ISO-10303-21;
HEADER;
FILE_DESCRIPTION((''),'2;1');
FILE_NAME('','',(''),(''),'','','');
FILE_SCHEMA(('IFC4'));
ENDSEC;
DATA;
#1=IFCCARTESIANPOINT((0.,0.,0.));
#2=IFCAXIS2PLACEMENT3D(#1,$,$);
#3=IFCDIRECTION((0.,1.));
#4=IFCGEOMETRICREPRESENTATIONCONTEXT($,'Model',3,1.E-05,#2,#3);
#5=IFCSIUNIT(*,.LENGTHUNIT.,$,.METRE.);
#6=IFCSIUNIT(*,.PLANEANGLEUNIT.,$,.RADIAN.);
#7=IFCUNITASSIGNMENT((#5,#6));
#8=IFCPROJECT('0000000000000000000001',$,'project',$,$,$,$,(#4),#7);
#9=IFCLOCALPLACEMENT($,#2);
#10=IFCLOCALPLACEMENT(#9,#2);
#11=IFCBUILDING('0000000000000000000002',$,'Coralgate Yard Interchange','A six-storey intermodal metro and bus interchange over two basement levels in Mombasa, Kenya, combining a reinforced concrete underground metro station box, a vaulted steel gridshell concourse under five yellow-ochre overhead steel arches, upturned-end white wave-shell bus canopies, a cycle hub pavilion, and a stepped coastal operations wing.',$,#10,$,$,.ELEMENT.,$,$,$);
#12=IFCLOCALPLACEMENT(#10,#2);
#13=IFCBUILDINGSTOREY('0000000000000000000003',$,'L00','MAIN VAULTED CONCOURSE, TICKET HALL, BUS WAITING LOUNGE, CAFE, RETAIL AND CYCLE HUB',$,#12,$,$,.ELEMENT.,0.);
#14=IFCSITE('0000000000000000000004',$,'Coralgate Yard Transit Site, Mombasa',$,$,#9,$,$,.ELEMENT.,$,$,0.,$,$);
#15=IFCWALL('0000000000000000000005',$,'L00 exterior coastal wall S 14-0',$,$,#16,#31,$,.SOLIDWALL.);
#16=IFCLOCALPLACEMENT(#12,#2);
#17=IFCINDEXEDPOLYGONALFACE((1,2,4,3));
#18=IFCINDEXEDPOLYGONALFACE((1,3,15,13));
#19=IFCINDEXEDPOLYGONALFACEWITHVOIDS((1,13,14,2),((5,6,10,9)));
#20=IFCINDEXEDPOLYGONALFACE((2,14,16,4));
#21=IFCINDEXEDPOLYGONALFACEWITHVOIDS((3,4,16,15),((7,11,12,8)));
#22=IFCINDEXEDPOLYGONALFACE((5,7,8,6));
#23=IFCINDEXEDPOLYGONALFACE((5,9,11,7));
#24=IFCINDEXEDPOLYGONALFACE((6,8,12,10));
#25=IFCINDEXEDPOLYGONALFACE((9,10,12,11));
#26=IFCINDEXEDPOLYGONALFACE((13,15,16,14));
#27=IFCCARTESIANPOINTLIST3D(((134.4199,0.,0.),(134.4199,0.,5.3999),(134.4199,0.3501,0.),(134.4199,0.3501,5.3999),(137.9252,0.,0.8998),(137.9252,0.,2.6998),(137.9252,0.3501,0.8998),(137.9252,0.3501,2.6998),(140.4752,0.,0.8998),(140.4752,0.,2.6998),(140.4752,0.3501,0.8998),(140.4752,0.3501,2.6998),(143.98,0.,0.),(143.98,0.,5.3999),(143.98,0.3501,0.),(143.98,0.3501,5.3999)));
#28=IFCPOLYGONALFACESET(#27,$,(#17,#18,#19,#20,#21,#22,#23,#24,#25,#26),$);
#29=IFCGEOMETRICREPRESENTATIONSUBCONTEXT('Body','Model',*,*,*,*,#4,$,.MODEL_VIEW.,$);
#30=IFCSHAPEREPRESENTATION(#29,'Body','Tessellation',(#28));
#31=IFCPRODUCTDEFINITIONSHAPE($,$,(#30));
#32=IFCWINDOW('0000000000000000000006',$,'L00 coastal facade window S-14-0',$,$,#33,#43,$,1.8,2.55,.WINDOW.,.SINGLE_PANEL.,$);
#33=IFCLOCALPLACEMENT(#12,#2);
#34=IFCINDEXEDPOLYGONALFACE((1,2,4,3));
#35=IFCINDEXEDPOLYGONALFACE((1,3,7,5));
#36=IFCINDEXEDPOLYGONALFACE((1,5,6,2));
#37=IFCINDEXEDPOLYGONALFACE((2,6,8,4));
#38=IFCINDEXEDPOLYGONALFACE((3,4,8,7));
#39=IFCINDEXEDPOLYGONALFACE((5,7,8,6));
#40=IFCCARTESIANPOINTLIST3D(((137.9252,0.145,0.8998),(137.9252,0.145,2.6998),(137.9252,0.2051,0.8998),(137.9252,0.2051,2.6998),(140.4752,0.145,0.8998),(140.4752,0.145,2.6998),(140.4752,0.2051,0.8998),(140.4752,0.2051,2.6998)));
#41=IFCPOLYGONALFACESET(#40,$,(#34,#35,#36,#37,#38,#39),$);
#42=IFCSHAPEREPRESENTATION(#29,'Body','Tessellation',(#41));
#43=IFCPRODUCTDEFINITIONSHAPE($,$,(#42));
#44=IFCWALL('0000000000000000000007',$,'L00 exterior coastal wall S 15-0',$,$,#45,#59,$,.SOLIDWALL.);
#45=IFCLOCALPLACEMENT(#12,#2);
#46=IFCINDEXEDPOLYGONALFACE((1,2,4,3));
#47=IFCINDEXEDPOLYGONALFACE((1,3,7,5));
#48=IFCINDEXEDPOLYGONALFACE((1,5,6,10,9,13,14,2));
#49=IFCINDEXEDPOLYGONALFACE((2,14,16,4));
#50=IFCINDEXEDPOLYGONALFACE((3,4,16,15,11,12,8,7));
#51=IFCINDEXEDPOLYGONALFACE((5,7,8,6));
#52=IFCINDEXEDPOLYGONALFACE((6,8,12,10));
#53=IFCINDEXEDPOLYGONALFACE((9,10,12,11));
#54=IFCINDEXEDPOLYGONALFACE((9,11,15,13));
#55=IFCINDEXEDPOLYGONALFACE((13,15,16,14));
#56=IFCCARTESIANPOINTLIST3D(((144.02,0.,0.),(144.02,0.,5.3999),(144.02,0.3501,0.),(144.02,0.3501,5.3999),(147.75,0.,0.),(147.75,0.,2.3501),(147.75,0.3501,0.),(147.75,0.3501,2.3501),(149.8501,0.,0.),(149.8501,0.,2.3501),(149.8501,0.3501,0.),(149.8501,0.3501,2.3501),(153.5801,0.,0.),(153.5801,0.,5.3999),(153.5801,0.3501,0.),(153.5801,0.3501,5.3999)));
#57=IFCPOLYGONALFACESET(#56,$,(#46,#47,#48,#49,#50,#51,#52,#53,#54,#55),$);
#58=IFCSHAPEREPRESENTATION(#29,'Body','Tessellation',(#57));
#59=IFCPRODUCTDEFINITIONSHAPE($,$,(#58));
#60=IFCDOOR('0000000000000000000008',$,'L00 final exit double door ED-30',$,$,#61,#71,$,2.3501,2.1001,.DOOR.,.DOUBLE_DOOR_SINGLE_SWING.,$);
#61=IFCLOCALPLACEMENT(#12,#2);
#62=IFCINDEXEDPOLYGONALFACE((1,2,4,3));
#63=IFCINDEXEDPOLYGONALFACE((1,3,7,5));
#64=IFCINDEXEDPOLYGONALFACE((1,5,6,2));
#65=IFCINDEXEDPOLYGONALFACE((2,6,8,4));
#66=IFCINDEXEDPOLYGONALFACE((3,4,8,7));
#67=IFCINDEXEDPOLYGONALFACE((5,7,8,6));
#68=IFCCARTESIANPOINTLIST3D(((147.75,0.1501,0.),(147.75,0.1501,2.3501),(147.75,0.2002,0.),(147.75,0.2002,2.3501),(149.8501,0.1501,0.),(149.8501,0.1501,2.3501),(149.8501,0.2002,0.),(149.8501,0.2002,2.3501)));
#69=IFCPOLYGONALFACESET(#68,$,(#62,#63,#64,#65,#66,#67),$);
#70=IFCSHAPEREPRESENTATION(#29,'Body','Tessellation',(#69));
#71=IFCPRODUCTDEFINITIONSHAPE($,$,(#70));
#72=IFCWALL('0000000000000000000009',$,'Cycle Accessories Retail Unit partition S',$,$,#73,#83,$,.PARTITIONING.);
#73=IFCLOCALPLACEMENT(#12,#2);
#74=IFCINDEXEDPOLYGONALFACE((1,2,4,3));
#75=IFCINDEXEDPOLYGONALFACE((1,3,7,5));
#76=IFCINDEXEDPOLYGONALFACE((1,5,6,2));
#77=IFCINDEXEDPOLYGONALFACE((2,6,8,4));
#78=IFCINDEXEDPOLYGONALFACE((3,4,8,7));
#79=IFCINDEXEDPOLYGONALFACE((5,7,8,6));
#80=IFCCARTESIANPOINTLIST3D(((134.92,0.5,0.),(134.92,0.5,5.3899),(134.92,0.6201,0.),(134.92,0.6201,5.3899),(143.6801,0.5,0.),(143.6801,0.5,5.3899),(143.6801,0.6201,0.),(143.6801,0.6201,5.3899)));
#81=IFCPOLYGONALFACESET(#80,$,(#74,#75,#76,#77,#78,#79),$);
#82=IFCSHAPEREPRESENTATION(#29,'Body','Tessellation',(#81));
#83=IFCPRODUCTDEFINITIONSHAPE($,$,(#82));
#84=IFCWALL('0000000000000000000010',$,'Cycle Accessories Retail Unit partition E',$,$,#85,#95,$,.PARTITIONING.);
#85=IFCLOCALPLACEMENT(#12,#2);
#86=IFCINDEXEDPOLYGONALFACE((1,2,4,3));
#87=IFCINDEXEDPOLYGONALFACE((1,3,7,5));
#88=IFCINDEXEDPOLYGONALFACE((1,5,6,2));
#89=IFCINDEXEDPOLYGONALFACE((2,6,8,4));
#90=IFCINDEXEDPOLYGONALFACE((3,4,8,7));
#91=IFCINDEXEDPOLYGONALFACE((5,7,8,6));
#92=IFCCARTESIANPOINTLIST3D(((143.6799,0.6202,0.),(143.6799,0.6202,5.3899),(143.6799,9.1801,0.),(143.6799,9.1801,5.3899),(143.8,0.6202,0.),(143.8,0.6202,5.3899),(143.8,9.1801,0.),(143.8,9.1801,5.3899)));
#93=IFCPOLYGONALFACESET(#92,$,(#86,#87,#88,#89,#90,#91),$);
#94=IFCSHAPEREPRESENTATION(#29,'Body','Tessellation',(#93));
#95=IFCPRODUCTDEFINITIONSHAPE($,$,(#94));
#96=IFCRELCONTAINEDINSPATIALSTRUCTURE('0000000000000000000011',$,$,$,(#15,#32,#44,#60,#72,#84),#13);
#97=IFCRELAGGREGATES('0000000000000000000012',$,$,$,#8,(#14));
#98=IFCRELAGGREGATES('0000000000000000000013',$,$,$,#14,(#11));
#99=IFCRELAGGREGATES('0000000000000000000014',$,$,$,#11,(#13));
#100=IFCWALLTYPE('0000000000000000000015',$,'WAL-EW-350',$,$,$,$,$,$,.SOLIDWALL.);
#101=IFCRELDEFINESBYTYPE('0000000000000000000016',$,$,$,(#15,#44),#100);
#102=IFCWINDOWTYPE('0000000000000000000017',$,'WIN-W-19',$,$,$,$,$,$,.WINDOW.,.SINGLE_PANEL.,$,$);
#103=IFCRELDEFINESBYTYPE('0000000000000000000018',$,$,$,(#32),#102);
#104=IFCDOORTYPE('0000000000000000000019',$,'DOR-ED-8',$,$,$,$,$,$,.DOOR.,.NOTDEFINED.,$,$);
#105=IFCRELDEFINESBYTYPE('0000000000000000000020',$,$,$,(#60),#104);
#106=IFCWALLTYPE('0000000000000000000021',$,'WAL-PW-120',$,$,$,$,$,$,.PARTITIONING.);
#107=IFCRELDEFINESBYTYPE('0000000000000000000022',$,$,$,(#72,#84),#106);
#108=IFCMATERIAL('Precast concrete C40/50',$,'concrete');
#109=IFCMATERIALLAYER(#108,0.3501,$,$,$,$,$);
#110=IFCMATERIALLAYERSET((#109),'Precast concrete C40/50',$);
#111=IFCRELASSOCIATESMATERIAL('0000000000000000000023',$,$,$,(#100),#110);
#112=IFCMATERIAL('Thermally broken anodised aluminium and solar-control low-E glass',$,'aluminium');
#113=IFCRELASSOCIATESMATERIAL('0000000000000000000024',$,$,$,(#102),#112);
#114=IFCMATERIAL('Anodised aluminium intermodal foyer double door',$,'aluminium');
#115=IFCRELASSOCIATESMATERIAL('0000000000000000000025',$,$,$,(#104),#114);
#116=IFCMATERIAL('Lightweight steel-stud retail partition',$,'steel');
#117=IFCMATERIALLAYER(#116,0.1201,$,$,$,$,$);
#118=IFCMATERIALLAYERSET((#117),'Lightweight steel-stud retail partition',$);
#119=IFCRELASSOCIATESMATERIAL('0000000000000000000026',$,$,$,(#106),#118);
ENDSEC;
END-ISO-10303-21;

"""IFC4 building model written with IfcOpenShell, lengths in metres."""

from ifc_helpers import new_model, si_unit, direction, frame, frame_2d, origin, place, context, subcontext, project, spatial, rectangle, extrude, material, layer, layer_set, type_object, element, fill, save


model = new_model("IFC4")

# Units and contexts
model_context = context("Model", 3, precision=1e-05, world=origin(), true_north=direction((0.0, 1.0)))
body_context = subcontext(model_context, "Body", "Model", "MODEL_VIEW")
ifc_project = project(units=[si_unit("LENGTHUNIT", "METRE"), si_unit("PLANEANGLEUNIT", "RADIAN")], contexts=[model_context])

# Site, building, storey
site_placement = place(None, origin())
site = spatial("IfcSite", under=ifc_project, at=site_placement, Name="Coralgate Yard Transit Site, Mombasa", CompositionType="ELEMENT", RefElevation=0.0)
building_placement = place(site_placement, origin())
building = spatial("IfcBuilding", under=site, at=building_placement, Name="Coralgate Yard Interchange", Description="A six-storey intermodal metro and bus interchange over two basement levels in Mombasa, Kenya, combining a reinforced concrete underground metro station box, a vaulted steel gridshell concourse under five yellow-ochre overhead steel arches, upturned-end white wave-shell bus canopies, a cycle hub pavilion, and a stepped coastal operations wing.", CompositionType="ELEMENT")
storey_placement = place(building_placement, origin())
storey = spatial("IfcBuildingStorey", under=building, at=storey_placement, Name="L00", Description="MAIN VAULTED CONCOURSE, TICKET HALL, BUS WAITING LOUNGE, CAFE, RETAIL AND CYCLE HUB", CompositionType="ELEMENT", Elevation=0.0)

# Wall, opening, window
ifc_material_1 = material(Name="Precast concrete C40/50", Category="concrete")
ifc_layer_1 = layer(ifc_material_1, 0.3501)
ifc_layer_set_1 = layer_set([ifc_layer_1], Name="Precast concrete C40/50")
wall_type_1 = type_object("IfcWallType", Name="WAL-EW-350", PredefinedType="SOLIDWALL", material=ifc_layer_set_1)
wall_1_placement = place(storey_placement, frame((143.98, 0.175, 0.0), z_axis=(0.0, 0.0, 1.0), x_axis=(-1.0, 0.0, 0.0)))
wall_1 = element("IfcWall", 1, at=wall_1_placement, inside=storey, type_object=wall_type_1, Name="L00 exterior coastal wall S 14-0", PredefinedType="SOLIDWALL", context=body_context, shape_type="SweptSolid", body=[
    extrude(rectangle(XDim=9.5601, YDim=0.3501, at=frame_2d((4.78, 0.0))), origin(), (0.0, 0.0, 1.0), 5.3999),
])
opening_1_placement = place(wall_1_placement, frame((3.5049, 0.0, 0.8999)))
opening_1 = element("IfcOpeningElement", 2, at=opening_1_placement, cuts=wall_1, PredefinedType="OPENING", context=body_context, shape_type="SweptSolid", body=[
    extrude(rectangle(XDim=2.55, YDim=1.8, at=frame_2d((1.2749, 0.8999))), frame((0.0, 0.1851, 0.0), z_axis=(0.0, -1.0, 0.0), x_axis=(1.0, 0.0, 0.0)), (0.0, 0.0, 1.0), 0.3701),
])
ifc_material_2 = material(Name="Thermally broken anodised aluminium and solar-control low-E glass", Category="aluminium")
window_type = type_object("IfcWindowType", Name="WIN-W-19", PartitioningType="SINGLE_PANEL", PredefinedType="WINDOW", material=ifc_material_2)
window_placement = place(opening_1_placement, origin())
window = element("IfcWindow", 3, at=window_placement, inside=storey, type_object=window_type, Name="L00 coastal facade window S-14-0", OverallHeight=1.8, OverallWidth=2.55, PartitioningType="SINGLE_PANEL", PredefinedType="WINDOW", context=body_context, shape_type="SweptSolid", body=[
    extrude(rectangle(XDim=2.55, YDim=1.8, at=frame_2d((1.2749, 0.8999))), frame((0.0, 0.03, 0.0), z_axis=(0.0, -1.0, 0.0), x_axis=(1.0, 0.0, 0.0)), (0.0, 0.0, 1.0), 0.0601),
])
fill(opening_1, window)

# Wall, opening, door
wall_2_placement = place(storey_placement, frame((153.5801, 0.175, 0.0), z_axis=(0.0, 0.0, 1.0), x_axis=(-1.0, 0.0, 0.0)))
wall_2 = element("IfcWall", 4, at=wall_2_placement, inside=storey, type_object=wall_type_1, Name="L00 exterior coastal wall S 15-0", PredefinedType="SOLIDWALL", context=body_context, shape_type="SweptSolid", body=[
    extrude(rectangle(XDim=9.5601, YDim=0.3501, at=frame_2d((4.78, 0.0))), origin(), (0.0, 0.0, 1.0), 5.3999),
])
opening_2_placement = place(wall_2_placement, frame((3.73, 0.0, 0.0)))
opening_2 = element("IfcOpeningElement", 5, at=opening_2_placement, cuts=wall_2, PredefinedType="OPENING", context=body_context, shape_type="SweptSolid", body=[
    extrude(rectangle(XDim=2.1001, YDim=2.3501, at=frame_2d((1.05, 1.175))), frame((0.0, 0.1851, 0.0), z_axis=(0.0, -1.0, 0.0), x_axis=(1.0, 0.0, 0.0)), (0.0, 0.0, 1.0), 0.3701),
])
ifc_material_3 = material(Name="Anodised aluminium intermodal foyer double door", Category="aluminium")
door_type = type_object("IfcDoorType", Name="DOR-ED-8", OperationType="NOTDEFINED", PredefinedType="DOOR", material=ifc_material_3)
door_placement = place(opening_2_placement, origin())
door = element("IfcDoor", 6, at=door_placement, inside=storey, type_object=door_type, Name="L00 final exit double door ED-30", OperationType="DOUBLE_DOOR_SINGLE_SWING", OverallHeight=2.3501, OverallWidth=2.1001, PredefinedType="DOOR", context=body_context, shape_type="SweptSolid", body=[
    extrude(rectangle(XDim=2.1001, YDim=2.3501, at=frame_2d((1.05, 1.175))), frame((0.0, 0.0249, 0.0), z_axis=(0.0, -1.0, 0.0), x_axis=(1.0, 0.0, 0.0)), (0.0, 0.0, 1.0), 0.05),
])
fill(opening_2, door)

# Walls
ifc_material_4 = material(Name="Lightweight steel-stud retail partition", Category="steel")
ifc_layer_2 = layer(ifc_material_4, 0.1201)
ifc_layer_set_2 = layer_set([ifc_layer_2], Name="Lightweight steel-stud retail partition")
wall_type_2 = type_object("IfcWallType", Name="WAL-PW-120", PredefinedType="PARTITIONING", material=ifc_layer_set_2)
wall_3_placement = place(storey_placement, frame((143.6799, 0.5601, 0.0), z_axis=(0.0, 0.0, 1.0), x_axis=(-1.0, 0.0, 0.0)))
element("IfcWall", 7, at=wall_3_placement, inside=storey, type_object=wall_type_2, Name="Cycle Accessories Retail Unit partition S", PredefinedType="PARTITIONING", context=body_context, shape_type="SweptSolid", body=[
    extrude(rectangle(XDim=8.76, YDim=0.1201, at=frame_2d((4.3799, 0.0))), origin(), (0.0, 0.0, 1.0), 5.3899),
])
wall_4_placement = place(storey_placement, frame((143.74, 9.1799, 0.0), z_axis=(0.0, 0.0, 1.0), x_axis=(0.0, -1.0, 0.0)))
element("IfcWall", 8, at=wall_4_placement, inside=storey, type_object=wall_type_2, Name="Cycle Accessories Retail Unit partition E", PredefinedType="PARTITIONING", context=body_context, shape_type="SweptSolid", body=[
    extrude(rectangle(XDim=8.5598, YDim=0.1201, at=frame_2d((4.2798, 0.0))), origin(), (0.0, 0.0, 1.0), 5.3899),
])

save(model, "model.ifc")
